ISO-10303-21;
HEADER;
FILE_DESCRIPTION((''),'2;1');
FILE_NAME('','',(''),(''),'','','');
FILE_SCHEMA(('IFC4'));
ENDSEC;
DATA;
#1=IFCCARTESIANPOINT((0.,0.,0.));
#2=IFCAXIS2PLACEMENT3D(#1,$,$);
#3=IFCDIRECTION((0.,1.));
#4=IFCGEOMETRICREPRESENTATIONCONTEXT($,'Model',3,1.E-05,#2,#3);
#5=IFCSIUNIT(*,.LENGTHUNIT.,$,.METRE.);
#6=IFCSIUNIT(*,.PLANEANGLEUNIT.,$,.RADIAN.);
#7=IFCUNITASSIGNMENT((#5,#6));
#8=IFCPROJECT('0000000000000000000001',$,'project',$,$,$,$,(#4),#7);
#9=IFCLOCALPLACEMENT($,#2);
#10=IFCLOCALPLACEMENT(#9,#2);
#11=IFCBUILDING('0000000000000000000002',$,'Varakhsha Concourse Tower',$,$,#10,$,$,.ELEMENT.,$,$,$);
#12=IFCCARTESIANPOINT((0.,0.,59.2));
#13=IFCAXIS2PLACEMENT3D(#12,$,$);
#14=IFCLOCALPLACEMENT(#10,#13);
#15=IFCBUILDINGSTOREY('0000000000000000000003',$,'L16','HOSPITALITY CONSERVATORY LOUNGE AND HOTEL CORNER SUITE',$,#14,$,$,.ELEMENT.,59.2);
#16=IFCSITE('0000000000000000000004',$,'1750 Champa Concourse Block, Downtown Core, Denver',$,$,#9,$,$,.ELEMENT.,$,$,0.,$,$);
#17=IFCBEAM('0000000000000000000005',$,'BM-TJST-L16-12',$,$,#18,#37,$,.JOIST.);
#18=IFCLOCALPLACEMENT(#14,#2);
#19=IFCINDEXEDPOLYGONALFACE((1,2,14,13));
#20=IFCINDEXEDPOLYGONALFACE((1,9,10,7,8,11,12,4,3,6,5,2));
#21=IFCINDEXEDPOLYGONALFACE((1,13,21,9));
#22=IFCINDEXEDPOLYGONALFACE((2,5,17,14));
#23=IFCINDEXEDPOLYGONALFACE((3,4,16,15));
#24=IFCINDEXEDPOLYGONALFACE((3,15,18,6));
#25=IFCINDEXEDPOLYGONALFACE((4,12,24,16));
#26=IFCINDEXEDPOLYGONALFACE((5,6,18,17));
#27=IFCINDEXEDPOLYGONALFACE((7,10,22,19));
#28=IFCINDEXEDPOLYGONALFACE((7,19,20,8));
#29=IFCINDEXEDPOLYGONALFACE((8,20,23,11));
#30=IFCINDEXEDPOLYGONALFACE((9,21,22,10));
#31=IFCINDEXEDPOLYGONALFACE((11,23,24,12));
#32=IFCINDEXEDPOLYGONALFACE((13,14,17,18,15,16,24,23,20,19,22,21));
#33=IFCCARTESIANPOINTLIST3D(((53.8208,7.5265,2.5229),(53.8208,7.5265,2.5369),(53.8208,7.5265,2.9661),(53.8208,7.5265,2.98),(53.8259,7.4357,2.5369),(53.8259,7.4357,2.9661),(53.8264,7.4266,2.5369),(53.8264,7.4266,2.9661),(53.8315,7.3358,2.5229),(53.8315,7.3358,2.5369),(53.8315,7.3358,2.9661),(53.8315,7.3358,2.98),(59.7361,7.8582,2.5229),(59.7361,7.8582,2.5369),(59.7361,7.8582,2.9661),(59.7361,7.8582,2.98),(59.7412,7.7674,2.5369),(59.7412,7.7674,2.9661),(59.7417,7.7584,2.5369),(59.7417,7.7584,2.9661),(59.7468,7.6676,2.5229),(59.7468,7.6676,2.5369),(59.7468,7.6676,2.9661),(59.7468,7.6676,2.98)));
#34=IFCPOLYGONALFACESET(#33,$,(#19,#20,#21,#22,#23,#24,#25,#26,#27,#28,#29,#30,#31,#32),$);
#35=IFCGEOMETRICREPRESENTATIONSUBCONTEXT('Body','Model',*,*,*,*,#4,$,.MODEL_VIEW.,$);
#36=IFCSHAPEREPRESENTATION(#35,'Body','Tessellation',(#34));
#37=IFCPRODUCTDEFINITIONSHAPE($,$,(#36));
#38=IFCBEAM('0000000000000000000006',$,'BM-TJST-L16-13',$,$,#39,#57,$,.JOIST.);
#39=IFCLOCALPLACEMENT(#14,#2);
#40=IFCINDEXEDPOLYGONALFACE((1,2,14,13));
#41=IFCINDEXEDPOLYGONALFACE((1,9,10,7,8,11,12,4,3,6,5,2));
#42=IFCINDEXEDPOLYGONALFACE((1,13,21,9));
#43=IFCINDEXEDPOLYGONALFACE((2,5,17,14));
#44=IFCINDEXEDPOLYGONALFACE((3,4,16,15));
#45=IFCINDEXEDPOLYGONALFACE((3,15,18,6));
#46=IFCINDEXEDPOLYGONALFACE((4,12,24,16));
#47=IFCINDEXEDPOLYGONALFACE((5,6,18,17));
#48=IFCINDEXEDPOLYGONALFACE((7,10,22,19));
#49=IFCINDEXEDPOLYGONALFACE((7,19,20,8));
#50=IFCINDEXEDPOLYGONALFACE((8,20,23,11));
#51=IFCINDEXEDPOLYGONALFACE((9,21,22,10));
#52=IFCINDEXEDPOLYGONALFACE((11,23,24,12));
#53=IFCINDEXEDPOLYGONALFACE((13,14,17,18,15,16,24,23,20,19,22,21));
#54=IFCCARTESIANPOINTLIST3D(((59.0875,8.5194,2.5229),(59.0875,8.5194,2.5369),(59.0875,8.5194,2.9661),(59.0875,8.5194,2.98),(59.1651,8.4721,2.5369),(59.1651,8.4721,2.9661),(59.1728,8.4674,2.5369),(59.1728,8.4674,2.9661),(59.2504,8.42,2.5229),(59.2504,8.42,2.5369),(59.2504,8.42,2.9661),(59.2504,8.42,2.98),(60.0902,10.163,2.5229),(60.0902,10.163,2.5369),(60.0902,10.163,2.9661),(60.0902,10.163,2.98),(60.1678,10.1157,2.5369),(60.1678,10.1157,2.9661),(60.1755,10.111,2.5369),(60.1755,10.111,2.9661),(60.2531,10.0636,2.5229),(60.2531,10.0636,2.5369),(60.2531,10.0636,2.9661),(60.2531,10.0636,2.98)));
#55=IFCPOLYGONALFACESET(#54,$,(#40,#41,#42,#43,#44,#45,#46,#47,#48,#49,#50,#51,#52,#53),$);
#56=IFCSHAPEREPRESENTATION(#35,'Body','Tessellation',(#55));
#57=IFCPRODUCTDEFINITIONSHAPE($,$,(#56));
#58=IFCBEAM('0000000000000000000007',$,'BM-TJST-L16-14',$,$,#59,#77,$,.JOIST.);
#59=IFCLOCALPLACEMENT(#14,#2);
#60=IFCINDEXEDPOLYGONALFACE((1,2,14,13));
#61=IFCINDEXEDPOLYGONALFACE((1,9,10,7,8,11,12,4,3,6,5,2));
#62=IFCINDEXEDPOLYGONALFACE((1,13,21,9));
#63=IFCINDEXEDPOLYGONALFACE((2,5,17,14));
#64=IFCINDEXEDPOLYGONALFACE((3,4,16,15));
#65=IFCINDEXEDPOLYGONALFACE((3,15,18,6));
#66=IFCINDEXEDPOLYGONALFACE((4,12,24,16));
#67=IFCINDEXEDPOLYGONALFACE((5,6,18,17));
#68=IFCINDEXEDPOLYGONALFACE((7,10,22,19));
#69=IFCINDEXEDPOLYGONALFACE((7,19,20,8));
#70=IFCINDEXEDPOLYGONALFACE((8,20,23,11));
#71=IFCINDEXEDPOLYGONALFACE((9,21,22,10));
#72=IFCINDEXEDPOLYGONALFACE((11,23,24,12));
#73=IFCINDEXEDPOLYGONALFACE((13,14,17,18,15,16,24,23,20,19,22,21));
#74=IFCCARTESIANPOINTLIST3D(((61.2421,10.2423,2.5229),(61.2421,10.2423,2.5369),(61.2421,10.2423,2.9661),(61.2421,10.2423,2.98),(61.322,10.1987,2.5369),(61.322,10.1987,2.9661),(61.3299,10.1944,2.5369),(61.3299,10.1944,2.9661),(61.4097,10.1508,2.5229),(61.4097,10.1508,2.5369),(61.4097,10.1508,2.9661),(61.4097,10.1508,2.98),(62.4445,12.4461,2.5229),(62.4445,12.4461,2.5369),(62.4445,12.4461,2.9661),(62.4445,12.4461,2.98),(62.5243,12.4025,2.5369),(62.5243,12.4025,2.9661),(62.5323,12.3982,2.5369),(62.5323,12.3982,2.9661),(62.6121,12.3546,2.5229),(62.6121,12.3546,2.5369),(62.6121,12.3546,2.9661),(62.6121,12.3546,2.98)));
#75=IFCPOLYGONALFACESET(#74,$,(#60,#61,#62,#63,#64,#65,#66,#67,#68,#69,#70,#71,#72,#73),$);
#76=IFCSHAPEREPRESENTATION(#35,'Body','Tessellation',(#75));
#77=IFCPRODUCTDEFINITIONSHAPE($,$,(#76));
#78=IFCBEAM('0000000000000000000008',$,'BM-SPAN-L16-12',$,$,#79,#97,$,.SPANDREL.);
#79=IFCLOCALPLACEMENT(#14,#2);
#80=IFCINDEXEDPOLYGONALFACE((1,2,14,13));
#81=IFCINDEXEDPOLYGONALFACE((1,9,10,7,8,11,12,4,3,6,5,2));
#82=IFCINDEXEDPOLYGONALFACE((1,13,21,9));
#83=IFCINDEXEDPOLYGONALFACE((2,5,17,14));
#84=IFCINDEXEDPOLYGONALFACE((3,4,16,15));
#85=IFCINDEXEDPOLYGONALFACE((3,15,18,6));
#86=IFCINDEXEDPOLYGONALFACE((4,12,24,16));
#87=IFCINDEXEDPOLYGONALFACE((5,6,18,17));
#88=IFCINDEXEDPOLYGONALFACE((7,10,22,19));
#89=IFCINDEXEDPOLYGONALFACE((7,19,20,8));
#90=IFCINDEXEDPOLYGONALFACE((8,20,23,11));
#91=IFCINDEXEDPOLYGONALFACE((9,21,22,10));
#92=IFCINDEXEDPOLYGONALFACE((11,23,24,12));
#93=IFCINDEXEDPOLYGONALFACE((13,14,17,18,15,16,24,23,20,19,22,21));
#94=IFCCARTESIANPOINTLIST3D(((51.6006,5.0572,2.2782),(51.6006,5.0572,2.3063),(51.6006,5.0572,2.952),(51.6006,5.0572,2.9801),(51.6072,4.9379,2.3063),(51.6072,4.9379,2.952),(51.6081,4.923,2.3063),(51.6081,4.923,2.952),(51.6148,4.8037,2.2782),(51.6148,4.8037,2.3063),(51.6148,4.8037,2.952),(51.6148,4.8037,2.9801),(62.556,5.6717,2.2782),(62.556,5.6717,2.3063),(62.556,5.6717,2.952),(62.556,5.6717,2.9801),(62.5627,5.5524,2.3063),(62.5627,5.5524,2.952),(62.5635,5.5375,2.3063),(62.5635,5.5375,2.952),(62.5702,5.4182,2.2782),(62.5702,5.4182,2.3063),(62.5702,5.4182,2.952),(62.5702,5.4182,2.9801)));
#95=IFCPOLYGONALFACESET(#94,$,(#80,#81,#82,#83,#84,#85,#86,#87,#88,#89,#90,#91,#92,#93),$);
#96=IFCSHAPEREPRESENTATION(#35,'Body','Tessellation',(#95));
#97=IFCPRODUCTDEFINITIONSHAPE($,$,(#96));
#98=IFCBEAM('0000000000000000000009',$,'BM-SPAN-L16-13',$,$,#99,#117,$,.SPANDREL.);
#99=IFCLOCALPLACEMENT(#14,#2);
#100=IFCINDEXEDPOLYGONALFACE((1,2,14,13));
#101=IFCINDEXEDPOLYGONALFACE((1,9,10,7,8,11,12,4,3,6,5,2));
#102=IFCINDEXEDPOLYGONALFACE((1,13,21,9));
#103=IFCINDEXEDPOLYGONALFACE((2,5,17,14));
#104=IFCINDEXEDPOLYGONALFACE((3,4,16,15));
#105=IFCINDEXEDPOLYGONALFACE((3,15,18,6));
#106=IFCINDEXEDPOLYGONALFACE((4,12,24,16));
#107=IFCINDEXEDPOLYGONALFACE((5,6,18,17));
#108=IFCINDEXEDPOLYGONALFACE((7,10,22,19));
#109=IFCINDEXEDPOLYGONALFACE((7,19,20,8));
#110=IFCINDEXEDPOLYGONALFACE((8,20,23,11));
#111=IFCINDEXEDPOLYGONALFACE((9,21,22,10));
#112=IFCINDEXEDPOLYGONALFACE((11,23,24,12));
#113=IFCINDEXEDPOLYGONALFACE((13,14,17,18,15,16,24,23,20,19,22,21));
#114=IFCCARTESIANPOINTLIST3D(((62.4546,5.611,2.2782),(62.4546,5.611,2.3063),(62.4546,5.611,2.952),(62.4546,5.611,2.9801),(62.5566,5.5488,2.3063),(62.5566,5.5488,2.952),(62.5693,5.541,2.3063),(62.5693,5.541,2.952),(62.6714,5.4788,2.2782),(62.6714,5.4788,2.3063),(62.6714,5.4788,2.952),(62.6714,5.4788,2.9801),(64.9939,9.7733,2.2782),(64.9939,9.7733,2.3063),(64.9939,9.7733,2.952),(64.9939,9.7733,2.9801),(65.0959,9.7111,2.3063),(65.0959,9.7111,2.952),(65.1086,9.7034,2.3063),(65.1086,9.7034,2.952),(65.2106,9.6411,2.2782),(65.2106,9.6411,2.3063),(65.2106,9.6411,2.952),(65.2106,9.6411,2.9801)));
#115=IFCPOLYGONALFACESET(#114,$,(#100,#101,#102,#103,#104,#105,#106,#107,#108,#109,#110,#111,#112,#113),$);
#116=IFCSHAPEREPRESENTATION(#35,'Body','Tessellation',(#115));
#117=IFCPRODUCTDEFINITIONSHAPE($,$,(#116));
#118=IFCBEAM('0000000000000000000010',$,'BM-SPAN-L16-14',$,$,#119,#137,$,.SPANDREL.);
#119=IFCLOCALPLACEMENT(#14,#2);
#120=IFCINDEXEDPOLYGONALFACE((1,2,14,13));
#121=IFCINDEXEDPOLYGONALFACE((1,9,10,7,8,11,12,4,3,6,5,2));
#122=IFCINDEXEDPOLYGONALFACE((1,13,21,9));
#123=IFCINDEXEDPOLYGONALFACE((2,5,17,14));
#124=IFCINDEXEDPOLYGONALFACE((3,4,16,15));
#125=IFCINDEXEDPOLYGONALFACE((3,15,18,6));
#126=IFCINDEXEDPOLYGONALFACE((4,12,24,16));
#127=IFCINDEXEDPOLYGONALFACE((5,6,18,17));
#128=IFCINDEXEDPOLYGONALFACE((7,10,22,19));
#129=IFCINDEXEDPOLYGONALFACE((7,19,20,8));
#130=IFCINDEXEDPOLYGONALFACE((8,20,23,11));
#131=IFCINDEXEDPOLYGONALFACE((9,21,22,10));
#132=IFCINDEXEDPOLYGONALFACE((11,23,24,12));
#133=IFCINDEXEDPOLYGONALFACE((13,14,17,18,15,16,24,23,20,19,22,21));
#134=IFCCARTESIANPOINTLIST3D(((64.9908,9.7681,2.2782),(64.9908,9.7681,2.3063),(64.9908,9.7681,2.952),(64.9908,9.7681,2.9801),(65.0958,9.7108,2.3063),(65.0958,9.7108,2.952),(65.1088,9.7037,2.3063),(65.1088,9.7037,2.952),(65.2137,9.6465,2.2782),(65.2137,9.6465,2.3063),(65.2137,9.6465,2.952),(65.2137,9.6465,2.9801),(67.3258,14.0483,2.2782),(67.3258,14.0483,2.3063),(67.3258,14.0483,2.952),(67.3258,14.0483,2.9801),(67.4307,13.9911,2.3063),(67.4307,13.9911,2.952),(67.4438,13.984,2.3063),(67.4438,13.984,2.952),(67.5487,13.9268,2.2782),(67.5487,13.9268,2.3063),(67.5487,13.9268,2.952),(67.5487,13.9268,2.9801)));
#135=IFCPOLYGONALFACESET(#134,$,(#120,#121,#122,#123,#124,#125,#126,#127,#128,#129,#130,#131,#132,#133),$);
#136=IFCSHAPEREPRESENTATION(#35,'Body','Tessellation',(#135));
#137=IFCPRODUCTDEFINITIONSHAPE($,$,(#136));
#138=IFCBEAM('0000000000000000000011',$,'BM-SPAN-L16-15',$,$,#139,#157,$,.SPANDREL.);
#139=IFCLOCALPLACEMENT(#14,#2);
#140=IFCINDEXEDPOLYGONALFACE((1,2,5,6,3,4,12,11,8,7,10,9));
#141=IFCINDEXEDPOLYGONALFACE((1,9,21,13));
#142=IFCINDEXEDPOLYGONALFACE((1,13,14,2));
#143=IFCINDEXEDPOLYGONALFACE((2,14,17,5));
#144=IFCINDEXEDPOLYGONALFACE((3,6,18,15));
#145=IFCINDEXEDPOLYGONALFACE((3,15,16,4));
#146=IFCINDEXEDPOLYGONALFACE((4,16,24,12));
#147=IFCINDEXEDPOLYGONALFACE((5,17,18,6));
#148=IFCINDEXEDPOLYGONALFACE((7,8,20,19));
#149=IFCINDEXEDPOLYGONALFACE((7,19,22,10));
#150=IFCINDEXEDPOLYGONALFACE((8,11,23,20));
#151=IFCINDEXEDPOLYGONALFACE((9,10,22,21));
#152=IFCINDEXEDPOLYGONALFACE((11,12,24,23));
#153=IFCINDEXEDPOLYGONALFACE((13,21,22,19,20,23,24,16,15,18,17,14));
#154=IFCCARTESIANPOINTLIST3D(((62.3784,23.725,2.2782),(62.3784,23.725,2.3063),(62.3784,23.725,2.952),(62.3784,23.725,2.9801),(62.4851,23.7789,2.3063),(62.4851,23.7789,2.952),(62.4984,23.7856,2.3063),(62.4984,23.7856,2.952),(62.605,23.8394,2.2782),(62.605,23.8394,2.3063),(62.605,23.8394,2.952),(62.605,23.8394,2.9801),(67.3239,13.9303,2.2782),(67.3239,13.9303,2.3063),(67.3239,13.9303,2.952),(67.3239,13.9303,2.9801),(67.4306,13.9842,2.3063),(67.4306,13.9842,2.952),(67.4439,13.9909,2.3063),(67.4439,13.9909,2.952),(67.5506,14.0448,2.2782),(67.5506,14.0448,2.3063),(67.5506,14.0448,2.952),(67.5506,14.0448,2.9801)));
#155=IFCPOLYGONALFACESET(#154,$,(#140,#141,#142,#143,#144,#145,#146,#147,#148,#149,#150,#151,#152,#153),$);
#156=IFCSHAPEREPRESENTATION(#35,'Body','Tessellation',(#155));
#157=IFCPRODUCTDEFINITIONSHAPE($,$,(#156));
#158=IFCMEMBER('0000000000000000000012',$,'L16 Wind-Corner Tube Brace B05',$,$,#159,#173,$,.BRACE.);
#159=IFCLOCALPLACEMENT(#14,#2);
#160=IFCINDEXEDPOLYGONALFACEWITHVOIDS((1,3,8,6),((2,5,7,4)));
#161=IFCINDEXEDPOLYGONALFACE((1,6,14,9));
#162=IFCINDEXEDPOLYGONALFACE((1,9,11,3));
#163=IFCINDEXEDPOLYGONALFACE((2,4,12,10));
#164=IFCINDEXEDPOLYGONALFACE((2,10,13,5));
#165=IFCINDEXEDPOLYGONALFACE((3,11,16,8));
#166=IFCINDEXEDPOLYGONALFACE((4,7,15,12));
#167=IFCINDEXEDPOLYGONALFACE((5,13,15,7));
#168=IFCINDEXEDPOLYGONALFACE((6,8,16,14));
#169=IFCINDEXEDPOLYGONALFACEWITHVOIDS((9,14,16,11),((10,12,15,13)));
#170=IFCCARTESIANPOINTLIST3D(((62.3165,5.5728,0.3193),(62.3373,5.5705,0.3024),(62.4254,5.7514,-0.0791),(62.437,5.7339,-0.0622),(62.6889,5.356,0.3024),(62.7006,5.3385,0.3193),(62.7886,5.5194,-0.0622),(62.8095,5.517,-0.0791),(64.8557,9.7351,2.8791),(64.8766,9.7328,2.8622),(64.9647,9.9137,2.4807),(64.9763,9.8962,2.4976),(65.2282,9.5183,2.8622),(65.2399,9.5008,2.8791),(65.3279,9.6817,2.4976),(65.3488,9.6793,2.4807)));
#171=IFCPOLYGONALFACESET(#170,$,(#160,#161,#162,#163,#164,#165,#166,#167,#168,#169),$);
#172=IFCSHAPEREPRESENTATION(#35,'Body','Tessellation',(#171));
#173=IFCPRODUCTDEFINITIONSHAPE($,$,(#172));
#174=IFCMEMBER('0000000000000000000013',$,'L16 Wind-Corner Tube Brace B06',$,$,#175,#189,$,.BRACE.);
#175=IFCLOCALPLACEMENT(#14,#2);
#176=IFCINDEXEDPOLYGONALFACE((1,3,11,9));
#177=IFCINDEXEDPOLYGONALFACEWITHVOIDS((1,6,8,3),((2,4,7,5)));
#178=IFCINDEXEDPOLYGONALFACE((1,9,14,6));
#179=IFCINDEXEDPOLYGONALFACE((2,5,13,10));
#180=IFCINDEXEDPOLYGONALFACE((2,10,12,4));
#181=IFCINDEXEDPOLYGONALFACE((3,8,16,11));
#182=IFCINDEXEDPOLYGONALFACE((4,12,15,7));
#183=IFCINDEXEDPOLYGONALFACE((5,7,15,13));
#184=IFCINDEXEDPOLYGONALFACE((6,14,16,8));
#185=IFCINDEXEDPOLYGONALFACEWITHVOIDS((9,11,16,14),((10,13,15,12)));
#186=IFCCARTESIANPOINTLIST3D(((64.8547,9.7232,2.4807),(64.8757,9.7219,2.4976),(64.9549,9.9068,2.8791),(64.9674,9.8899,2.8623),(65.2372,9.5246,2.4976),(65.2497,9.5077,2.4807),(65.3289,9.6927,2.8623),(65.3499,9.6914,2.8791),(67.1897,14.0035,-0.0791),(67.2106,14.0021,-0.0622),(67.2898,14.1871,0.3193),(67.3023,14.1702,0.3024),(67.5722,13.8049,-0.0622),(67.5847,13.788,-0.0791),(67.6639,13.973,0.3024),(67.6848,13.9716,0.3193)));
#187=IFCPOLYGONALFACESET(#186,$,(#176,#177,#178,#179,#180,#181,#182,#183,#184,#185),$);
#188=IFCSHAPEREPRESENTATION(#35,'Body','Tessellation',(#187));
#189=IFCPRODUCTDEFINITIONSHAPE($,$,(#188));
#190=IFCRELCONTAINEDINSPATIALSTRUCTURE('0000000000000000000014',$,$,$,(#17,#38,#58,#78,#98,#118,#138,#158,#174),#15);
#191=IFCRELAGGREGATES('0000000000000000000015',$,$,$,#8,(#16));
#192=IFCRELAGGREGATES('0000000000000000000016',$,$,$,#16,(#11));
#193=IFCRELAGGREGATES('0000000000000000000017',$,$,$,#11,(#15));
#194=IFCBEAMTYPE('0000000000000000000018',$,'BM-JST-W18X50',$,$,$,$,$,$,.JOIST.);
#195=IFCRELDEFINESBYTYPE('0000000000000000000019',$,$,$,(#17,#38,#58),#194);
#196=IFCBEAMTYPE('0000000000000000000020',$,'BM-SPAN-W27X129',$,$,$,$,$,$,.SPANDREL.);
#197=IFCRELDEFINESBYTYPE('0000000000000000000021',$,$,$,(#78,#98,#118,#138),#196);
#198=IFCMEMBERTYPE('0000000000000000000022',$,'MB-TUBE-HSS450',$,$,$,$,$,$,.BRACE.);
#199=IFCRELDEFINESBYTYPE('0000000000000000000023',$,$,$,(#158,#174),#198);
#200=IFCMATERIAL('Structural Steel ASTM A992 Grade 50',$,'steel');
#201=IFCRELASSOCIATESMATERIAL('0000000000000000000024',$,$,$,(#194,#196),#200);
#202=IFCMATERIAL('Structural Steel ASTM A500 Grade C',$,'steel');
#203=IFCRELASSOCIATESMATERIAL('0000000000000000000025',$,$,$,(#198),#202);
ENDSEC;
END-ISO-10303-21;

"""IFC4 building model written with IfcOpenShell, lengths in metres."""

from ifc_helpers import new_model, si_unit, direction, frame, origin, origin_2d, place, context, subcontext, project, spatial, hollow_rectangle, i_section, extrude, source, transform, mapped, material, material_profile, profile_set, type_object, type_shapes, element, save


model = new_model("IFC4")

# Units and contexts
model_context = context("Model", 3, precision=1e-05, world=origin(), true_north=direction((0.0, 1.0)))
body_context = subcontext(model_context, "Body", "Model", "MODEL_VIEW")
ifc_project = project(units=[si_unit("LENGTHUNIT", "METRE"), si_unit("PLANEANGLEUNIT", "RADIAN")], contexts=[model_context])

# Site, building, storey
site_placement = place(None, origin())
site = spatial("IfcSite", under=ifc_project, at=site_placement, Name="1750 Champa Concourse Block, Downtown Core, Denver", CompositionType="ELEMENT", RefElevation=0.0)
building_placement = place(site_placement, origin())
building = spatial("IfcBuilding", under=site, at=building_placement, Name="Varakhsha Concourse Tower", CompositionType="ELEMENT")
storey_placement = place(building_placement, frame((0.0, 0.0, 59.2)))
storey = spatial("IfcBuildingStorey", under=building, at=storey_placement, Name="L16", Description="HOSPITALITY CONSERVATORY LOUNGE AND HOTEL CORNER SUITE", CompositionType="ELEMENT", Elevation=59.2)

# Shared definitions
ifc_material_1 = material(Name="Structural Steel ASTM A992 Grade 50", Category="steel")

# Beams
ifc_material_profile_1 = material_profile(ifc_material_1, i_section(OverallWidth=0.1909, OverallDepth=0.457, WebThickness=0.009, FlangeThickness=0.0139, at=origin_2d()), Name="W18X50")
ifc_profile_set_1 = profile_set([ifc_material_profile_1], Name="Structural Steel ASTM A992 Grade 50")
beam_type_1 = type_object("IfcBeamType", Name="BM-JST-W18X50", PredefinedType="JOIST", material=ifc_profile_set_1)
beam_1_placement = place(storey_placement, frame((53.8262, 7.4312, 2.7515), z_axis=(0.998431, 0.056002, 0.0), x_axis=(-0.056002, 0.998431, 0.0)))
element("IfcBeam", 1, at=beam_1_placement, inside=storey, type_object=beam_type_1, Name="BM-TJST-L16-12", PredefinedType="JOIST", context=body_context, shape_type="SweptSolid", body=[
    extrude(i_section(OverallWidth=0.1909, OverallDepth=0.457, WebThickness=0.009, FlangeThickness=0.0139, at=origin_2d()), origin(), (0.0, 0.0, 1.0), 5.9246),
])
beam_2_placement = place(storey_placement, frame((59.1689, 8.4697, 2.7515), z_axis=(0.520804, 0.853677, 0.0), x_axis=(-0.853677, 0.520804, 0.0)))
element("IfcBeam", 2, at=beam_2_placement, inside=storey, type_object=beam_type_1, Name="BM-TJST-L16-13", PredefinedType="JOIST", context=body_context, shape_type="SweptSolid", body=[
    extrude(i_section(OverallWidth=0.1909, OverallDepth=0.457, WebThickness=0.009, FlangeThickness=0.0139, at=origin_2d()), origin(), (0.0, 0.0, 1.0), 1.9253),
])
beam_3_placement = place(storey_placement, frame((61.3259, 10.1965, 2.7515), z_axis=(0.478941, 0.877847, 0.0), x_axis=(-0.877847, 0.478941, 0.0)))
element("IfcBeam", 3, at=beam_3_placement, inside=storey, type_object=beam_type_1, Name="BM-TJST-L16-14", PredefinedType="JOIST", context=body_context, shape_type="SweptSolid", body=[
    extrude(i_section(OverallWidth=0.1909, OverallDepth=0.457, WebThickness=0.009, FlangeThickness=0.0139, at=origin_2d()), origin(), (0.0, 0.0, 1.0), 2.5105),
])
ifc_material_profile_2 = material_profile(ifc_material_1, i_section(OverallWidth=0.2539, OverallDepth=0.7019, WebThickness=0.0149, FlangeThickness=0.0281, at=origin_2d()), Name="W27X129")
ifc_profile_set_2 = profile_set([ifc_material_profile_2], Name="Structural Steel ASTM A992 Grade 50")
beam_type_2 = type_object("IfcBeamType", Name="BM-SPAN-W27X129", PredefinedType="SPANDREL", material=ifc_profile_set_2)
beam_4_placement = place(storey_placement, frame((51.6077, 4.9304, 2.6292), z_axis=(0.998431, 0.056004, 0.0), x_axis=(-0.056004, 0.998431, 0.0)))
element("IfcBeam", 4, at=beam_4_placement, inside=storey, type_object=beam_type_2, Name="BM-SPAN-L16-12", PredefinedType="SPANDREL", context=body_context, shape_type="SweptSolid", body=[
    extrude(i_section(OverallWidth=0.2539, OverallDepth=0.7019, WebThickness=0.0149, FlangeThickness=0.0281, at=origin_2d()), origin(), (0.0, 0.0, 1.0), 10.9727),
])
for number, where, z_axis, x_axis, name in (
    (5, (62.563, 5.5449, 2.6292), (0.5208, 0.853679, 0.0), (-0.853679, 0.5208, 0.0), "BM-SPAN-L16-13"),
    (6, (65.1023, 9.7073, 2.6292), (0.478894, 0.877873, 0.0), (-0.877873, 0.478894, 0.0), "BM-SPAN-L16-14"),
):
    element("IfcBeam", number, at=place(storey_placement, frame(where, z_axis=z_axis, x_axis=x_axis)), inside=storey, type_object=beam_type_2, Name=name, PredefinedType="SPANDREL", context=body_context, shape_type="SweptSolid", body=[
        extrude(i_section(OverallWidth=0.2539, OverallDepth=0.7019, WebThickness=0.0149, FlangeThickness=0.0281, at=origin_2d()), origin(), (0.0, 0.0, 1.0), 4.8757),
    ])
beam_5_placement = place(storey_placement, frame((67.4373, 13.9875, 2.6292), z_axis=(-0.450726, 0.892663, 0.0), x_axis=(-0.892663, -0.450726, 0.0)))
element("IfcBeam", 7, at=beam_5_placement, inside=storey, type_object=beam_type_2, Name="BM-SPAN-L16-15", PredefinedType="SPANDREL", context=body_context, shape_type="SweptSolid", body=[
    extrude(i_section(OverallWidth=0.2539, OverallDepth=0.7019, WebThickness=0.0149, FlangeThickness=0.0281, at=origin_2d()), origin(), (0.0, 0.0, 1.0), 10.9724),
])

# Members
ifc_material_2 = material(Name="Structural Steel ASTM A500 Grade C", Category="steel")
ifc_material_profile_3 = material_profile(ifc_material_2, hollow_rectangle(XDim=0.45, YDim=0.45, WallThickness=0.019, at=origin_2d()), Name="HSS 450x450x19")
ifc_profile_set_3 = profile_set([ifc_material_profile_3], Name="Structural Steel ASTM A500 Grade C")
member_type_1 = type_object("IfcMemberType", Name="MB-TUBE-HSS450", PredefinedType="BRACE", material=ifc_profile_set_3)
shared_shape_1 = source(origin(), body_context, "Body", "SweptSolid", [
    extrude(hollow_rectangle(XDim=0.45, YDim=0.45, WallThickness=0.019, at=origin_2d()), origin(), (0.0, 0.0, 1.0), 5.5068),
])
type_shapes(member_type_1, [shared_shape_1])
for number, where, z_axis, x_axis, name in (
    (8, (62.563, 5.5449, 0.1201), (0.461114, 0.755844, 0.464838), (-0.853679, 0.5208, 0.0), "L16 Wind-Corner Tube Brace B05"),
    (9, (67.4373, 13.9875, 0.1201), (-0.42401, -0.777263, 0.464842), (0.877873, -0.478894, 0.0), "L16 Wind-Corner Tube Brace B06"),
):
    element("IfcMember", number, at=place(storey_placement, frame(where, z_axis=z_axis, x_axis=x_axis)), inside=storey, type_object=member_type_1, Name=name, PredefinedType="BRACE", context=body_context, shape_type="MappedRepresentation", body=[
        mapped(shared_shape_1, transform((0.0, 0.0, 0.0), scale=1.0)),
    ])

save(model, "model.ifc")
